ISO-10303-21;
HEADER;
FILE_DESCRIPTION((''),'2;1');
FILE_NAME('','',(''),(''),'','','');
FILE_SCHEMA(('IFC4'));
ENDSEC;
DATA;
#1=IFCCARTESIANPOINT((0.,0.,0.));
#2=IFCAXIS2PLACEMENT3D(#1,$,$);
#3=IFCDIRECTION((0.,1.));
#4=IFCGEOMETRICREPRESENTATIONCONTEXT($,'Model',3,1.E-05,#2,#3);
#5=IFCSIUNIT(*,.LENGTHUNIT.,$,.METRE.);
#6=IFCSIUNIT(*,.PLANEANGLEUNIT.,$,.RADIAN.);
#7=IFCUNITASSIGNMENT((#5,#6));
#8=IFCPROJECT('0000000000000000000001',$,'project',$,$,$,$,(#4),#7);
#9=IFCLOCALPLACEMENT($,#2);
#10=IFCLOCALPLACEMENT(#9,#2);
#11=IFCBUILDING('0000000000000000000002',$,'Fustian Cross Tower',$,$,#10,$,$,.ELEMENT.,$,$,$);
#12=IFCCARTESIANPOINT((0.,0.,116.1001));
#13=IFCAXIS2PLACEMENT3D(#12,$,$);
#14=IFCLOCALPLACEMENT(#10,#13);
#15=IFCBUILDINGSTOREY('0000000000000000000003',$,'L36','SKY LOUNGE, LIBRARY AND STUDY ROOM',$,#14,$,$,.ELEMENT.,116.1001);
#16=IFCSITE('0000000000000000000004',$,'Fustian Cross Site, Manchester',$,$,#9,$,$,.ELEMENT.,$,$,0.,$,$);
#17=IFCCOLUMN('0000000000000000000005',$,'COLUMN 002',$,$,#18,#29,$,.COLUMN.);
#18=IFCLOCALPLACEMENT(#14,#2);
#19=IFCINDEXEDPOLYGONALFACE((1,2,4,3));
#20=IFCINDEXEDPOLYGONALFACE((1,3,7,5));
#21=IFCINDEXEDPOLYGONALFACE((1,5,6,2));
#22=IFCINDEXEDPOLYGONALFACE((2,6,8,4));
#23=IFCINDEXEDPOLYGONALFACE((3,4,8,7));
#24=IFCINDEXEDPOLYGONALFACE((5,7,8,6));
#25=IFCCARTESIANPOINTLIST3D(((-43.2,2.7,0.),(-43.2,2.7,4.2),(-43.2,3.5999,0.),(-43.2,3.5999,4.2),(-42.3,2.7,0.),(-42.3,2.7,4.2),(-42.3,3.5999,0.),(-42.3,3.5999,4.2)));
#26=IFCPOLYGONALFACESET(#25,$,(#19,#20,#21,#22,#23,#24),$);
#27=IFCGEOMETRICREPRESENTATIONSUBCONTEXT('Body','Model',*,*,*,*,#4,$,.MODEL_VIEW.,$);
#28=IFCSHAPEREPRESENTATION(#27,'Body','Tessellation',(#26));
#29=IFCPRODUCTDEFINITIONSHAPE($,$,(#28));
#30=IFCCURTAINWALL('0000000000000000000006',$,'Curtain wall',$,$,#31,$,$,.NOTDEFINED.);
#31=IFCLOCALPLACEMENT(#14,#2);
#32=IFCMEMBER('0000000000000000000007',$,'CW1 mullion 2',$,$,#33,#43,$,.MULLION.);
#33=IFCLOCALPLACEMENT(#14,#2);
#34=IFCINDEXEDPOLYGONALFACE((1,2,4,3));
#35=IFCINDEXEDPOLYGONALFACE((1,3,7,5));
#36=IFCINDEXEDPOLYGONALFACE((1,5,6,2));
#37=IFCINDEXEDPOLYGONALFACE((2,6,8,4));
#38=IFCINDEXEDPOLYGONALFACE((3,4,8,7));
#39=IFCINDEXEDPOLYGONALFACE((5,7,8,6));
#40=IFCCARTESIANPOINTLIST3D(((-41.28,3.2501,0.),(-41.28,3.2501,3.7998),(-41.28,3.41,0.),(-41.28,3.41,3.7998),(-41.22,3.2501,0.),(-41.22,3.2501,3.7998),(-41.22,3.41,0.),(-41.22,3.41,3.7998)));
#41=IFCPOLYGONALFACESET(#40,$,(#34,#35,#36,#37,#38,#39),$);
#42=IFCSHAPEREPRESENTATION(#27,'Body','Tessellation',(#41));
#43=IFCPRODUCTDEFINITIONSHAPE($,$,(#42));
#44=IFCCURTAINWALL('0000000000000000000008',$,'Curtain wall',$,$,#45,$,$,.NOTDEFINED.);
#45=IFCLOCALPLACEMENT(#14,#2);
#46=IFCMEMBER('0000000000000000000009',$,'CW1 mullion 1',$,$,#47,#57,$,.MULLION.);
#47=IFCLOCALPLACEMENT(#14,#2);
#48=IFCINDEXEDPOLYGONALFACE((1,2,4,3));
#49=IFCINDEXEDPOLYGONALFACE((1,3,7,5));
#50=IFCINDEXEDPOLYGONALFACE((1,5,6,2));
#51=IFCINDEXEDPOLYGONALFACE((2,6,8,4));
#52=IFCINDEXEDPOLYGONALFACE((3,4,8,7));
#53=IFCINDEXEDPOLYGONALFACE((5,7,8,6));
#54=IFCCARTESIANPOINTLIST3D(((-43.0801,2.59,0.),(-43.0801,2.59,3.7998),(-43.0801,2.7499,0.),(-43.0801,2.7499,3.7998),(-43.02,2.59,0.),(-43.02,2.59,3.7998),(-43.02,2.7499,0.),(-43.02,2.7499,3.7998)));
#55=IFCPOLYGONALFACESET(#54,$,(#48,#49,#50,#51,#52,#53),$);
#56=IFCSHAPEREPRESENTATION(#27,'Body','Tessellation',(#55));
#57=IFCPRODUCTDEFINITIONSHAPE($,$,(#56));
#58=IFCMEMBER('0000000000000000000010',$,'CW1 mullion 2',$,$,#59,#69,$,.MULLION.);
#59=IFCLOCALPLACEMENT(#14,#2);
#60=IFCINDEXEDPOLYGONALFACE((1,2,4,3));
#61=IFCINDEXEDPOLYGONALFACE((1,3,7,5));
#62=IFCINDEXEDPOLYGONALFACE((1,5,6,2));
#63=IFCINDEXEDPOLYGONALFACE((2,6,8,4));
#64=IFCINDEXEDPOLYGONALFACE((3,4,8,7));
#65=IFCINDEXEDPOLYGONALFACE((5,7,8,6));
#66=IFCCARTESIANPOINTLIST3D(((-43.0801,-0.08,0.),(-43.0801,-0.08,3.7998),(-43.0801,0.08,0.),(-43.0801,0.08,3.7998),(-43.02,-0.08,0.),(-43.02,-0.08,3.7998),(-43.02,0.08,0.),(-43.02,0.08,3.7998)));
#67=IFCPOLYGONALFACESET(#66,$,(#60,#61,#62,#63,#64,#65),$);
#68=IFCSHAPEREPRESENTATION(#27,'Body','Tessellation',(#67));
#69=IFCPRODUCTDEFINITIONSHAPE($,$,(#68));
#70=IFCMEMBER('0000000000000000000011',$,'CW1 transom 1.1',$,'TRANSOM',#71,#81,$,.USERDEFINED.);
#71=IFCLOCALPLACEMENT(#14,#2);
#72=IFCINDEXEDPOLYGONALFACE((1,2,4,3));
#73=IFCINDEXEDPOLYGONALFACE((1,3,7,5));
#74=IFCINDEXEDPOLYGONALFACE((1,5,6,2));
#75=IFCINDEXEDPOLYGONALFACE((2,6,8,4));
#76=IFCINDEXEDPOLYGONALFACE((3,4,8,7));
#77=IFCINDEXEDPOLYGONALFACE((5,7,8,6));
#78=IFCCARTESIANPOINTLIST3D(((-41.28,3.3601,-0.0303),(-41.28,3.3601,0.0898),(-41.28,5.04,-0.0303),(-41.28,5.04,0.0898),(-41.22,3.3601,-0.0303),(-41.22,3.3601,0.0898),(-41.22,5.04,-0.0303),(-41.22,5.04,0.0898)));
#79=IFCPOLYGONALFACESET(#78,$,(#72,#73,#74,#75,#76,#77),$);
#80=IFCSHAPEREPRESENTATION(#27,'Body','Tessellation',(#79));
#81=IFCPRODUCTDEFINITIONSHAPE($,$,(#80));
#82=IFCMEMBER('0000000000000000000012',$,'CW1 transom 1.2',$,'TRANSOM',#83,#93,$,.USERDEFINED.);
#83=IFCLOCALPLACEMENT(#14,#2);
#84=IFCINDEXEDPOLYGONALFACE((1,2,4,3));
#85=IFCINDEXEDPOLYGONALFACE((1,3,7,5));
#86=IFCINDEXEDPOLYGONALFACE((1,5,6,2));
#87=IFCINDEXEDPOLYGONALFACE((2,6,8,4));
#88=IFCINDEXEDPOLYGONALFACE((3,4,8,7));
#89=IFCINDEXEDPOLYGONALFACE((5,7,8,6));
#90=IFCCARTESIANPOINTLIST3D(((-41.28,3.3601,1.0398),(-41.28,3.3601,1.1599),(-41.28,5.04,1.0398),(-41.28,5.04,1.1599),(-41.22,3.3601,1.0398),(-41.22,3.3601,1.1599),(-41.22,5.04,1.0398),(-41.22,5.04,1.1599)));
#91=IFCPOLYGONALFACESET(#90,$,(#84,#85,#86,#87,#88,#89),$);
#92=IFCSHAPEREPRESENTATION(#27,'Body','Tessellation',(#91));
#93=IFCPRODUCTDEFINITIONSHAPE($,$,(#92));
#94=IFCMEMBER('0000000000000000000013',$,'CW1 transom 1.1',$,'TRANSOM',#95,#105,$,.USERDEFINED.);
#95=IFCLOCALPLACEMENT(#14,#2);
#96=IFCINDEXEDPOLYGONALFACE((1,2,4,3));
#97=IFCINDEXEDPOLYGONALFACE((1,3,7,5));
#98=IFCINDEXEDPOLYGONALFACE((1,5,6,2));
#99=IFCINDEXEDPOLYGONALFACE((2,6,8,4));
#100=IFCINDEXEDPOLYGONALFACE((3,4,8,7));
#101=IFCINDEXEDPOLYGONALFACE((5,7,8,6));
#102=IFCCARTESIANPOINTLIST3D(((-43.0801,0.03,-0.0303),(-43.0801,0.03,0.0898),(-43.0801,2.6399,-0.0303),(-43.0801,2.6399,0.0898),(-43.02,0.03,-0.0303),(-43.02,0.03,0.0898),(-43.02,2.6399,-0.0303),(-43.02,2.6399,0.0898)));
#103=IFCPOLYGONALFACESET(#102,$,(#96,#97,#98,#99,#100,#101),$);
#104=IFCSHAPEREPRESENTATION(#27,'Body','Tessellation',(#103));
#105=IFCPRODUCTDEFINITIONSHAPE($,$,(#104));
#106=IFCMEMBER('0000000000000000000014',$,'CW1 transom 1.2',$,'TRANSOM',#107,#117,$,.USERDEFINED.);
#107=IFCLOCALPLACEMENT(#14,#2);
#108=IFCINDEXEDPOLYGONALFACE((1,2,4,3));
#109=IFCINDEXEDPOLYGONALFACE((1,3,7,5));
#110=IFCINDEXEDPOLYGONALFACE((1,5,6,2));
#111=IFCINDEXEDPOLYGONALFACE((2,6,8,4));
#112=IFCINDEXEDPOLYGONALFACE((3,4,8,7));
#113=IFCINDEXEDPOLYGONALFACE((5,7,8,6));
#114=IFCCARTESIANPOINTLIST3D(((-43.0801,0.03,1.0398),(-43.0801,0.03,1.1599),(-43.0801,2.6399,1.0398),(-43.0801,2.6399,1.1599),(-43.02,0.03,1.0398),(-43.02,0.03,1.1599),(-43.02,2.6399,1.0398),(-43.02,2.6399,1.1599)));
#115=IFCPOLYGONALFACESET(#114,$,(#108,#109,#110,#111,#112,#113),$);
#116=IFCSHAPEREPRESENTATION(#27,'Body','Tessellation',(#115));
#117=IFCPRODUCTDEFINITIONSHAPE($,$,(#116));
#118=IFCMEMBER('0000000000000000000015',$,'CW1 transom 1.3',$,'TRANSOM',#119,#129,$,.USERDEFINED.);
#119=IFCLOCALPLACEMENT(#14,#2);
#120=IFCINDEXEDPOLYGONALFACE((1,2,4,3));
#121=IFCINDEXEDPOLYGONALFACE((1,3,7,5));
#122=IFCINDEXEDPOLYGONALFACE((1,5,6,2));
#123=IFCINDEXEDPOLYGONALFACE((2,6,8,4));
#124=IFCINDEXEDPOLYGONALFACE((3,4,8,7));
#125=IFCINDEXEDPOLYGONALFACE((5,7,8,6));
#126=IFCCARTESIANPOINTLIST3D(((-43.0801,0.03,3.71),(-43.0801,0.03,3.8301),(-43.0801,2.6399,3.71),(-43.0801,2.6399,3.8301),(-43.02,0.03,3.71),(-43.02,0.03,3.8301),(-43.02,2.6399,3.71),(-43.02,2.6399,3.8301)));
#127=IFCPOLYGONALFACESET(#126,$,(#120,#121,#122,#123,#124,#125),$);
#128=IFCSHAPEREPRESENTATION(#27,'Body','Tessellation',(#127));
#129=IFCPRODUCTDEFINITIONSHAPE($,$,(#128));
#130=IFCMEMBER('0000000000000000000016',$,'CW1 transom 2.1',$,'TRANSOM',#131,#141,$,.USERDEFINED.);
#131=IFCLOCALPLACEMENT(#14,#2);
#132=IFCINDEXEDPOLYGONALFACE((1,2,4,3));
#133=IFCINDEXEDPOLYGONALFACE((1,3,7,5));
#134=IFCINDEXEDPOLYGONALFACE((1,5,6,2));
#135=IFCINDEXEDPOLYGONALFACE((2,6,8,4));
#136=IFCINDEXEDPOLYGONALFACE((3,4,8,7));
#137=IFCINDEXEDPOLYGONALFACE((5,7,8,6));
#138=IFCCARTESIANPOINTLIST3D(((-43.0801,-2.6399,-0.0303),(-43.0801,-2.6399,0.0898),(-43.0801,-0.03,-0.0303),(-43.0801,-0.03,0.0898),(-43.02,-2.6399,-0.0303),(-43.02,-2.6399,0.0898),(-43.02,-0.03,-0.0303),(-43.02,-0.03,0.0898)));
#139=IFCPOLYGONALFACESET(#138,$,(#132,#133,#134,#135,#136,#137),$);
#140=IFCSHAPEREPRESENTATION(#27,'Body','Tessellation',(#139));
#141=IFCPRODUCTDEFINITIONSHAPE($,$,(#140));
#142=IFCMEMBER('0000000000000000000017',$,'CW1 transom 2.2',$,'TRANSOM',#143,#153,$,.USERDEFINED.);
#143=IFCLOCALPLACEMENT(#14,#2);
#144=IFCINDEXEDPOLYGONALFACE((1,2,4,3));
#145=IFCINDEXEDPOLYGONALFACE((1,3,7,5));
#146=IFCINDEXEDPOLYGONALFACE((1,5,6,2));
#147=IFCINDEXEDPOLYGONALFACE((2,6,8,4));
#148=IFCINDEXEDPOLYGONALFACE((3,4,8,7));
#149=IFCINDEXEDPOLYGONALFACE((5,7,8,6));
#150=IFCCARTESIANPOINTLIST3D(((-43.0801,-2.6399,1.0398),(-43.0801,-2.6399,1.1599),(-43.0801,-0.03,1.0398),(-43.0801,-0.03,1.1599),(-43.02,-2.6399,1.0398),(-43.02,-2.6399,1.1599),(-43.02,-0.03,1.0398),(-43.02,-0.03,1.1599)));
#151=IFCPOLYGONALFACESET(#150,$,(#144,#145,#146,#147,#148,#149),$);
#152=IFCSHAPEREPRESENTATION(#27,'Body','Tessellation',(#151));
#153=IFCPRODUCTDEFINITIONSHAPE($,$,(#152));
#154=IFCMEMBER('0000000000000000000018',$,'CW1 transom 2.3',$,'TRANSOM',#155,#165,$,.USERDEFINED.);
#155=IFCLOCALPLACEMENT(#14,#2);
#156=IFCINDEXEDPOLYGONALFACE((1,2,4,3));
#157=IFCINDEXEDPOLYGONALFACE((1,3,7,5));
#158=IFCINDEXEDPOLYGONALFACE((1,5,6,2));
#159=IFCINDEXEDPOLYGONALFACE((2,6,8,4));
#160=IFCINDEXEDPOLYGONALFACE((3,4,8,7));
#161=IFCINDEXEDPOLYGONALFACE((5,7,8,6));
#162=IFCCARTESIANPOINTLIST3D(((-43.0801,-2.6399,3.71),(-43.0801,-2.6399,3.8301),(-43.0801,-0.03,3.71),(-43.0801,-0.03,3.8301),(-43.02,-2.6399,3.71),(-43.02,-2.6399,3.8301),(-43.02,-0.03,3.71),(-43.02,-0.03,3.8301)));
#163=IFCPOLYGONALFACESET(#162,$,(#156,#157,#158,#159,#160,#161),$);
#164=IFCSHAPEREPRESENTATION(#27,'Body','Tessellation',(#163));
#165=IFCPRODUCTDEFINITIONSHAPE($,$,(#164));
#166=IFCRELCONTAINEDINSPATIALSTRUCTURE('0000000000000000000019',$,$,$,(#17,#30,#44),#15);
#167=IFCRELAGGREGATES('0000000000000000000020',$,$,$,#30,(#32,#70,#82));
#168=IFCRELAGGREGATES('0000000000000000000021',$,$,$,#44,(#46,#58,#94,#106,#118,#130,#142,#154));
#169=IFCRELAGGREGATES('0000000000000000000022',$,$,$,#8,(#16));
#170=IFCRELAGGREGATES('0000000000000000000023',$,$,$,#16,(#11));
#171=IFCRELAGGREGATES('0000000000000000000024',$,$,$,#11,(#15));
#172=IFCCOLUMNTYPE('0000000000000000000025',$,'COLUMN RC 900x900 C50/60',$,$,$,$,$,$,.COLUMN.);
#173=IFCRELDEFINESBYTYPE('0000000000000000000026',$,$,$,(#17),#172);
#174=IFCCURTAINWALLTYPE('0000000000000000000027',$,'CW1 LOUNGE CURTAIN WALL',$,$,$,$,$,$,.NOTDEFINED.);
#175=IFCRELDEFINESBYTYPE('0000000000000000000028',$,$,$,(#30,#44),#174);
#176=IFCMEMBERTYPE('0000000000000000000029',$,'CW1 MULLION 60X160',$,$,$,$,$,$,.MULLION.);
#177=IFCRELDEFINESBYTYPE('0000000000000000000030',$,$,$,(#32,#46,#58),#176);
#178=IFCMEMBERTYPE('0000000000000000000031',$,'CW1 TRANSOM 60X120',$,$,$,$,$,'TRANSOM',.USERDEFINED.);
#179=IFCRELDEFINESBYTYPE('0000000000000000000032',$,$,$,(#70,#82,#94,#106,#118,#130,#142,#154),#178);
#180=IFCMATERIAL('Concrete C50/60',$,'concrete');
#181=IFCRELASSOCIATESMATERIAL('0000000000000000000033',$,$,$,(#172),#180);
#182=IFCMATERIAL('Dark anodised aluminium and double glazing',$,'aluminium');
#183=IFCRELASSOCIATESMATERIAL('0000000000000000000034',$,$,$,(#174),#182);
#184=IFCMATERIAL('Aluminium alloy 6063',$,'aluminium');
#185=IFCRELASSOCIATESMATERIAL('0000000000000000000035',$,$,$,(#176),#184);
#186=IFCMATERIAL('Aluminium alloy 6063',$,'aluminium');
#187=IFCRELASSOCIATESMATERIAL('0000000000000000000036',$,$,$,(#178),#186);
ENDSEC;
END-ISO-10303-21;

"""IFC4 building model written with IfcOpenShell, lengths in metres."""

from ifc_helpers import new_model, si_unit, direction, frame, origin, origin_2d, place, context, subcontext, project, spatial, rectangle, extrude, material, material_profile, profile_set, type_object, element, aggregate, save


model = new_model("IFC4")

# Units and contexts
model_context = context("Model", 3, precision=1e-05, world=origin(), true_north=direction((0.0, 1.0)))
body_context = subcontext(model_context, "Body", "Model", "MODEL_VIEW")
ifc_project = project(units=[si_unit("LENGTHUNIT", "METRE"), si_unit("PLANEANGLEUNIT", "RADIAN")], contexts=[model_context])

# Site, building, storey
site_placement = place(None, origin())
site = spatial("IfcSite", under=ifc_project, at=site_placement, Name="Fustian Cross Site, Manchester", CompositionType="ELEMENT", RefElevation=0.0)
building_placement = place(site_placement, origin())
building = spatial("IfcBuilding", under=site, at=building_placement, Name="Fustian Cross Tower", CompositionType="ELEMENT")
storey_placement = place(building_placement, frame((0.0, 0.0, 116.1001)))
storey = spatial("IfcBuildingStorey", under=building, at=storey_placement, Name="L36", Description="SKY LOUNGE, LIBRARY AND STUDY ROOM", CompositionType="ELEMENT", Elevation=116.1001)

# Column
ifc_material_1 = material(Name="Concrete C50/60", Category="concrete")
ifc_material_profile_1 = material_profile(ifc_material_1, rectangle(XDim=0.8999, YDim=0.8999, at=origin_2d()), Name="RC 900x900")
ifc_profile_set_1 = profile_set([ifc_material_profile_1], Name="Concrete C50/60")
column_type = type_object("IfcColumnType", Name="COLUMN RC 900x900 C50/60", PredefinedType="COLUMN", material=ifc_profile_set_1)
column_placement = place(storey_placement, frame((-42.75, 3.1499, 0.0), z_axis=(0.0, 0.0, 1.0), x_axis=(1.0, 0.0, 0.0)))
element("IfcColumn", 1, at=column_placement, inside=storey, type_object=column_type, Name="COLUMN 002", PredefinedType="COLUMN", context=body_context, shape_type="SweptSolid", body=[
    extrude(rectangle(XDim=0.8999, YDim=0.8999, at=origin_2d()), origin(), (0.0, 0.0, 1.0), 4.2),
])

# Curtain wall, member
ifc_material_2 = material(Name="Dark anodised aluminium and double glazing", Category="aluminium")
curtain_wall_type = type_object("IfcCurtainWallType", Name="CW1 LOUNGE CURTAIN WALL", PredefinedType="NOTDEFINED", material=ifc_material_2)
curtain_wall_1_placement = place(storey_placement, origin())
curtain_wall_1 = element("IfcCurtainWall", 2, at=curtain_wall_1_placement, inside=storey, type_object=curtain_wall_type, Name="Curtain wall", PredefinedType="NOTDEFINED")
ifc_material_3 = material(Name="Aluminium alloy 6063", Category="aluminium")
ifc_material_profile_2 = material_profile(ifc_material_3, rectangle(XDim=0.0601, YDim=0.1599, at=origin_2d()), Name="CW1 MULLION 60X160")
ifc_profile_set_2 = profile_set([ifc_material_profile_2], Name="Aluminium alloy 6063")
member_type_1 = type_object("IfcMemberType", Name="CW1 MULLION 60X160", PredefinedType="MULLION", material=ifc_profile_set_2)
member_1_placement = place(storey_placement, frame((-41.25, 3.3301, 0.0), z_axis=(0.0, 0.0, 1.0), x_axis=(1.0, 0.0, 0.0)))
member_1 = element("IfcMember", 3, at=member_1_placement, type_object=member_type_1, Name="CW1 mullion 2", PredefinedType="MULLION", context=body_context, shape_type="SweptSolid", body=[
    extrude(rectangle(XDim=0.0601, YDim=0.1599, at=origin_2d()), origin(), (0.0, 0.0, 1.0), 3.7998),
])

# Curtain wall, members
curtain_wall_2_placement = place(storey_placement, origin())
curtain_wall_2 = element("IfcCurtainWall", 4, at=curtain_wall_2_placement, inside=storey, type_object=curtain_wall_type, Name="Curtain wall", PredefinedType="NOTDEFINED")
member_2_placement = place(storey_placement, frame((-43.05, 2.6699, 0.0), z_axis=(0.0, 0.0, 1.0), x_axis=(1.0, 0.0, 0.0)))
member_2 = element("IfcMember", 5, at=member_2_placement, type_object=member_type_1, Name="CW1 mullion 1", PredefinedType="MULLION", context=body_context, shape_type="SweptSolid", body=[
    extrude(rectangle(XDim=0.0601, YDim=0.1599, at=origin_2d()), origin(), (0.0, 0.0, 1.0), 3.7998),
])
member_3_placement = place(storey_placement, frame((-43.05, 0.0, 0.0), z_axis=(0.0, 0.0, 1.0), x_axis=(1.0, 0.0, 0.0)))
member_3 = element("IfcMember", 6, at=member_3_placement, type_object=member_type_1, Name="CW1 mullion 2", PredefinedType="MULLION", context=body_context, shape_type="SweptSolid", body=[
    extrude(rectangle(XDim=0.0601, YDim=0.1599, at=origin_2d()), origin(), (0.0, 0.0, 1.0), 3.7998),
])

# Members
ifc_material_4 = material(Name="Aluminium alloy 6063", Category="aluminium")
ifc_material_profile_3 = material_profile(ifc_material_4, rectangle(XDim=0.0601, YDim=0.1201, at=origin_2d()), Name="CW1 TRANSOM 60X120")
ifc_profile_set_3 = profile_set([ifc_material_profile_3], Name="Aluminium alloy 6063")
member_type_2 = type_object("IfcMemberType", Name="CW1 TRANSOM 60X120", ElementType="TRANSOM", PredefinedType="USERDEFINED", material=ifc_profile_set_3)
member_4_placement = place(storey_placement, frame((-41.25, 5.04, 0.0298), z_axis=(0.0, -1.0, 0.0), x_axis=(1.0, 0.0, 0.0)))
member_4 = element("IfcMember", 7, at=member_4_placement, type_object=member_type_2, Name="CW1 transom 1.1", ObjectType="TRANSOM", PredefinedType="USERDEFINED", context=body_context, shape_type="SweptSolid", body=[
    extrude(rectangle(XDim=0.0601, YDim=0.1201, at=origin_2d()), origin(), (0.0, 0.0, 1.0), 1.6799),
])
member_5_placement = place(storey_placement, frame((-41.25, 5.04, 1.0999), z_axis=(0.0, -1.0, 0.0), x_axis=(1.0, 0.0, 0.0)))
member_5 = element("IfcMember", 8, at=member_5_placement, type_object=member_type_2, Name="CW1 transom 1.2", ObjectType="TRANSOM", PredefinedType="USERDEFINED", context=body_context, shape_type="SweptSolid", body=[
    extrude(rectangle(XDim=0.0601, YDim=0.1201, at=origin_2d()), origin(), (0.0, 0.0, 1.0), 1.6799),
])
member_6_placement = place(storey_placement, frame((-43.05, 2.6399, 0.0298), z_axis=(0.0, -1.0, 0.0), x_axis=(1.0, 0.0, 0.0)))
member_6 = element("IfcMember", 9, at=member_6_placement, type_object=member_type_2, Name="CW1 transom 1.1", ObjectType="TRANSOM", PredefinedType="USERDEFINED", context=body_context, shape_type="SweptSolid", body=[
    extrude(rectangle(XDim=0.0601, YDim=0.1201, at=origin_2d()), origin(), (0.0, 0.0, 1.0), 2.6099),
])
member_7_placement = place(storey_placement, frame((-43.05, 2.6399, 1.0999), z_axis=(0.0, -1.0, 0.0), x_axis=(1.0, 0.0, 0.0)))
member_7 = element("IfcMember", 10, at=member_7_placement, type_object=member_type_2, Name="CW1 transom 1.2", ObjectType="TRANSOM", PredefinedType="USERDEFINED", context=body_context, shape_type="SweptSolid", body=[
    extrude(rectangle(XDim=0.0601, YDim=0.1201, at=origin_2d()), origin(), (0.0, 0.0, 1.0), 2.6099),
])
member_8_placement = place(storey_placement, frame((-43.05, 2.6399, 3.77), z_axis=(0.0, -1.0, 0.0), x_axis=(1.0, 0.0, 0.0)))
member_8 = element("IfcMember", 11, at=member_8_placement, type_object=member_type_2, Name="CW1 transom 1.3", ObjectType="TRANSOM", PredefinedType="USERDEFINED", context=body_context, shape_type="SweptSolid", body=[
    extrude(rectangle(XDim=0.0601, YDim=0.1201, at=origin_2d()), origin(), (0.0, 0.0, 1.0), 2.6099),
])
member_9_placement = place(storey_placement, frame((-43.05, -0.03, 0.0298), z_axis=(0.0, -1.0, 0.0), x_axis=(1.0, 0.0, 0.0)))
member_9 = element("IfcMember", 12, at=member_9_placement, type_object=member_type_2, Name="CW1 transom 2.1", ObjectType="TRANSOM", PredefinedType="USERDEFINED", context=body_context, shape_type="SweptSolid", body=[
    extrude(rectangle(XDim=0.0601, YDim=0.1201, at=origin_2d()), origin(), (0.0, 0.0, 1.0), 2.6099),
])
member_10_placement = place(storey_placement, frame((-43.05, -0.03, 1.0999), z_axis=(0.0, -1.0, 0.0), x_axis=(1.0, 0.0, 0.0)))
member_10 = element("IfcMember", 13, at=member_10_placement, type_object=member_type_2, Name="CW1 transom 2.2", ObjectType="TRANSOM", PredefinedType="USERDEFINED", context=body_context, shape_type="SweptSolid", body=[
    extrude(rectangle(XDim=0.0601, YDim=0.1201, at=origin_2d()), origin(), (0.0, 0.0, 1.0), 2.6099),
])
member_11_placement = place(storey_placement, frame((-43.05, -0.03, 3.77), z_axis=(0.0, -1.0, 0.0), x_axis=(1.0, 0.0, 0.0)))
member_11 = element("IfcMember", 14, at=member_11_placement, type_object=member_type_2, Name="CW1 transom 2.3", ObjectType="TRANSOM", PredefinedType="USERDEFINED", context=body_context, shape_type="SweptSolid", body=[
    extrude(rectangle(XDim=0.0601, YDim=0.1201, at=origin_2d()), origin(), (0.0, 0.0, 1.0), 2.6099),
])

aggregate(curtain_wall_1, [member_1, member_4, member_5])
aggregate(curtain_wall_2, [member_2, member_3, member_6, member_7, member_8, member_9, member_10, member_11])

save(model, "model.ifc")
